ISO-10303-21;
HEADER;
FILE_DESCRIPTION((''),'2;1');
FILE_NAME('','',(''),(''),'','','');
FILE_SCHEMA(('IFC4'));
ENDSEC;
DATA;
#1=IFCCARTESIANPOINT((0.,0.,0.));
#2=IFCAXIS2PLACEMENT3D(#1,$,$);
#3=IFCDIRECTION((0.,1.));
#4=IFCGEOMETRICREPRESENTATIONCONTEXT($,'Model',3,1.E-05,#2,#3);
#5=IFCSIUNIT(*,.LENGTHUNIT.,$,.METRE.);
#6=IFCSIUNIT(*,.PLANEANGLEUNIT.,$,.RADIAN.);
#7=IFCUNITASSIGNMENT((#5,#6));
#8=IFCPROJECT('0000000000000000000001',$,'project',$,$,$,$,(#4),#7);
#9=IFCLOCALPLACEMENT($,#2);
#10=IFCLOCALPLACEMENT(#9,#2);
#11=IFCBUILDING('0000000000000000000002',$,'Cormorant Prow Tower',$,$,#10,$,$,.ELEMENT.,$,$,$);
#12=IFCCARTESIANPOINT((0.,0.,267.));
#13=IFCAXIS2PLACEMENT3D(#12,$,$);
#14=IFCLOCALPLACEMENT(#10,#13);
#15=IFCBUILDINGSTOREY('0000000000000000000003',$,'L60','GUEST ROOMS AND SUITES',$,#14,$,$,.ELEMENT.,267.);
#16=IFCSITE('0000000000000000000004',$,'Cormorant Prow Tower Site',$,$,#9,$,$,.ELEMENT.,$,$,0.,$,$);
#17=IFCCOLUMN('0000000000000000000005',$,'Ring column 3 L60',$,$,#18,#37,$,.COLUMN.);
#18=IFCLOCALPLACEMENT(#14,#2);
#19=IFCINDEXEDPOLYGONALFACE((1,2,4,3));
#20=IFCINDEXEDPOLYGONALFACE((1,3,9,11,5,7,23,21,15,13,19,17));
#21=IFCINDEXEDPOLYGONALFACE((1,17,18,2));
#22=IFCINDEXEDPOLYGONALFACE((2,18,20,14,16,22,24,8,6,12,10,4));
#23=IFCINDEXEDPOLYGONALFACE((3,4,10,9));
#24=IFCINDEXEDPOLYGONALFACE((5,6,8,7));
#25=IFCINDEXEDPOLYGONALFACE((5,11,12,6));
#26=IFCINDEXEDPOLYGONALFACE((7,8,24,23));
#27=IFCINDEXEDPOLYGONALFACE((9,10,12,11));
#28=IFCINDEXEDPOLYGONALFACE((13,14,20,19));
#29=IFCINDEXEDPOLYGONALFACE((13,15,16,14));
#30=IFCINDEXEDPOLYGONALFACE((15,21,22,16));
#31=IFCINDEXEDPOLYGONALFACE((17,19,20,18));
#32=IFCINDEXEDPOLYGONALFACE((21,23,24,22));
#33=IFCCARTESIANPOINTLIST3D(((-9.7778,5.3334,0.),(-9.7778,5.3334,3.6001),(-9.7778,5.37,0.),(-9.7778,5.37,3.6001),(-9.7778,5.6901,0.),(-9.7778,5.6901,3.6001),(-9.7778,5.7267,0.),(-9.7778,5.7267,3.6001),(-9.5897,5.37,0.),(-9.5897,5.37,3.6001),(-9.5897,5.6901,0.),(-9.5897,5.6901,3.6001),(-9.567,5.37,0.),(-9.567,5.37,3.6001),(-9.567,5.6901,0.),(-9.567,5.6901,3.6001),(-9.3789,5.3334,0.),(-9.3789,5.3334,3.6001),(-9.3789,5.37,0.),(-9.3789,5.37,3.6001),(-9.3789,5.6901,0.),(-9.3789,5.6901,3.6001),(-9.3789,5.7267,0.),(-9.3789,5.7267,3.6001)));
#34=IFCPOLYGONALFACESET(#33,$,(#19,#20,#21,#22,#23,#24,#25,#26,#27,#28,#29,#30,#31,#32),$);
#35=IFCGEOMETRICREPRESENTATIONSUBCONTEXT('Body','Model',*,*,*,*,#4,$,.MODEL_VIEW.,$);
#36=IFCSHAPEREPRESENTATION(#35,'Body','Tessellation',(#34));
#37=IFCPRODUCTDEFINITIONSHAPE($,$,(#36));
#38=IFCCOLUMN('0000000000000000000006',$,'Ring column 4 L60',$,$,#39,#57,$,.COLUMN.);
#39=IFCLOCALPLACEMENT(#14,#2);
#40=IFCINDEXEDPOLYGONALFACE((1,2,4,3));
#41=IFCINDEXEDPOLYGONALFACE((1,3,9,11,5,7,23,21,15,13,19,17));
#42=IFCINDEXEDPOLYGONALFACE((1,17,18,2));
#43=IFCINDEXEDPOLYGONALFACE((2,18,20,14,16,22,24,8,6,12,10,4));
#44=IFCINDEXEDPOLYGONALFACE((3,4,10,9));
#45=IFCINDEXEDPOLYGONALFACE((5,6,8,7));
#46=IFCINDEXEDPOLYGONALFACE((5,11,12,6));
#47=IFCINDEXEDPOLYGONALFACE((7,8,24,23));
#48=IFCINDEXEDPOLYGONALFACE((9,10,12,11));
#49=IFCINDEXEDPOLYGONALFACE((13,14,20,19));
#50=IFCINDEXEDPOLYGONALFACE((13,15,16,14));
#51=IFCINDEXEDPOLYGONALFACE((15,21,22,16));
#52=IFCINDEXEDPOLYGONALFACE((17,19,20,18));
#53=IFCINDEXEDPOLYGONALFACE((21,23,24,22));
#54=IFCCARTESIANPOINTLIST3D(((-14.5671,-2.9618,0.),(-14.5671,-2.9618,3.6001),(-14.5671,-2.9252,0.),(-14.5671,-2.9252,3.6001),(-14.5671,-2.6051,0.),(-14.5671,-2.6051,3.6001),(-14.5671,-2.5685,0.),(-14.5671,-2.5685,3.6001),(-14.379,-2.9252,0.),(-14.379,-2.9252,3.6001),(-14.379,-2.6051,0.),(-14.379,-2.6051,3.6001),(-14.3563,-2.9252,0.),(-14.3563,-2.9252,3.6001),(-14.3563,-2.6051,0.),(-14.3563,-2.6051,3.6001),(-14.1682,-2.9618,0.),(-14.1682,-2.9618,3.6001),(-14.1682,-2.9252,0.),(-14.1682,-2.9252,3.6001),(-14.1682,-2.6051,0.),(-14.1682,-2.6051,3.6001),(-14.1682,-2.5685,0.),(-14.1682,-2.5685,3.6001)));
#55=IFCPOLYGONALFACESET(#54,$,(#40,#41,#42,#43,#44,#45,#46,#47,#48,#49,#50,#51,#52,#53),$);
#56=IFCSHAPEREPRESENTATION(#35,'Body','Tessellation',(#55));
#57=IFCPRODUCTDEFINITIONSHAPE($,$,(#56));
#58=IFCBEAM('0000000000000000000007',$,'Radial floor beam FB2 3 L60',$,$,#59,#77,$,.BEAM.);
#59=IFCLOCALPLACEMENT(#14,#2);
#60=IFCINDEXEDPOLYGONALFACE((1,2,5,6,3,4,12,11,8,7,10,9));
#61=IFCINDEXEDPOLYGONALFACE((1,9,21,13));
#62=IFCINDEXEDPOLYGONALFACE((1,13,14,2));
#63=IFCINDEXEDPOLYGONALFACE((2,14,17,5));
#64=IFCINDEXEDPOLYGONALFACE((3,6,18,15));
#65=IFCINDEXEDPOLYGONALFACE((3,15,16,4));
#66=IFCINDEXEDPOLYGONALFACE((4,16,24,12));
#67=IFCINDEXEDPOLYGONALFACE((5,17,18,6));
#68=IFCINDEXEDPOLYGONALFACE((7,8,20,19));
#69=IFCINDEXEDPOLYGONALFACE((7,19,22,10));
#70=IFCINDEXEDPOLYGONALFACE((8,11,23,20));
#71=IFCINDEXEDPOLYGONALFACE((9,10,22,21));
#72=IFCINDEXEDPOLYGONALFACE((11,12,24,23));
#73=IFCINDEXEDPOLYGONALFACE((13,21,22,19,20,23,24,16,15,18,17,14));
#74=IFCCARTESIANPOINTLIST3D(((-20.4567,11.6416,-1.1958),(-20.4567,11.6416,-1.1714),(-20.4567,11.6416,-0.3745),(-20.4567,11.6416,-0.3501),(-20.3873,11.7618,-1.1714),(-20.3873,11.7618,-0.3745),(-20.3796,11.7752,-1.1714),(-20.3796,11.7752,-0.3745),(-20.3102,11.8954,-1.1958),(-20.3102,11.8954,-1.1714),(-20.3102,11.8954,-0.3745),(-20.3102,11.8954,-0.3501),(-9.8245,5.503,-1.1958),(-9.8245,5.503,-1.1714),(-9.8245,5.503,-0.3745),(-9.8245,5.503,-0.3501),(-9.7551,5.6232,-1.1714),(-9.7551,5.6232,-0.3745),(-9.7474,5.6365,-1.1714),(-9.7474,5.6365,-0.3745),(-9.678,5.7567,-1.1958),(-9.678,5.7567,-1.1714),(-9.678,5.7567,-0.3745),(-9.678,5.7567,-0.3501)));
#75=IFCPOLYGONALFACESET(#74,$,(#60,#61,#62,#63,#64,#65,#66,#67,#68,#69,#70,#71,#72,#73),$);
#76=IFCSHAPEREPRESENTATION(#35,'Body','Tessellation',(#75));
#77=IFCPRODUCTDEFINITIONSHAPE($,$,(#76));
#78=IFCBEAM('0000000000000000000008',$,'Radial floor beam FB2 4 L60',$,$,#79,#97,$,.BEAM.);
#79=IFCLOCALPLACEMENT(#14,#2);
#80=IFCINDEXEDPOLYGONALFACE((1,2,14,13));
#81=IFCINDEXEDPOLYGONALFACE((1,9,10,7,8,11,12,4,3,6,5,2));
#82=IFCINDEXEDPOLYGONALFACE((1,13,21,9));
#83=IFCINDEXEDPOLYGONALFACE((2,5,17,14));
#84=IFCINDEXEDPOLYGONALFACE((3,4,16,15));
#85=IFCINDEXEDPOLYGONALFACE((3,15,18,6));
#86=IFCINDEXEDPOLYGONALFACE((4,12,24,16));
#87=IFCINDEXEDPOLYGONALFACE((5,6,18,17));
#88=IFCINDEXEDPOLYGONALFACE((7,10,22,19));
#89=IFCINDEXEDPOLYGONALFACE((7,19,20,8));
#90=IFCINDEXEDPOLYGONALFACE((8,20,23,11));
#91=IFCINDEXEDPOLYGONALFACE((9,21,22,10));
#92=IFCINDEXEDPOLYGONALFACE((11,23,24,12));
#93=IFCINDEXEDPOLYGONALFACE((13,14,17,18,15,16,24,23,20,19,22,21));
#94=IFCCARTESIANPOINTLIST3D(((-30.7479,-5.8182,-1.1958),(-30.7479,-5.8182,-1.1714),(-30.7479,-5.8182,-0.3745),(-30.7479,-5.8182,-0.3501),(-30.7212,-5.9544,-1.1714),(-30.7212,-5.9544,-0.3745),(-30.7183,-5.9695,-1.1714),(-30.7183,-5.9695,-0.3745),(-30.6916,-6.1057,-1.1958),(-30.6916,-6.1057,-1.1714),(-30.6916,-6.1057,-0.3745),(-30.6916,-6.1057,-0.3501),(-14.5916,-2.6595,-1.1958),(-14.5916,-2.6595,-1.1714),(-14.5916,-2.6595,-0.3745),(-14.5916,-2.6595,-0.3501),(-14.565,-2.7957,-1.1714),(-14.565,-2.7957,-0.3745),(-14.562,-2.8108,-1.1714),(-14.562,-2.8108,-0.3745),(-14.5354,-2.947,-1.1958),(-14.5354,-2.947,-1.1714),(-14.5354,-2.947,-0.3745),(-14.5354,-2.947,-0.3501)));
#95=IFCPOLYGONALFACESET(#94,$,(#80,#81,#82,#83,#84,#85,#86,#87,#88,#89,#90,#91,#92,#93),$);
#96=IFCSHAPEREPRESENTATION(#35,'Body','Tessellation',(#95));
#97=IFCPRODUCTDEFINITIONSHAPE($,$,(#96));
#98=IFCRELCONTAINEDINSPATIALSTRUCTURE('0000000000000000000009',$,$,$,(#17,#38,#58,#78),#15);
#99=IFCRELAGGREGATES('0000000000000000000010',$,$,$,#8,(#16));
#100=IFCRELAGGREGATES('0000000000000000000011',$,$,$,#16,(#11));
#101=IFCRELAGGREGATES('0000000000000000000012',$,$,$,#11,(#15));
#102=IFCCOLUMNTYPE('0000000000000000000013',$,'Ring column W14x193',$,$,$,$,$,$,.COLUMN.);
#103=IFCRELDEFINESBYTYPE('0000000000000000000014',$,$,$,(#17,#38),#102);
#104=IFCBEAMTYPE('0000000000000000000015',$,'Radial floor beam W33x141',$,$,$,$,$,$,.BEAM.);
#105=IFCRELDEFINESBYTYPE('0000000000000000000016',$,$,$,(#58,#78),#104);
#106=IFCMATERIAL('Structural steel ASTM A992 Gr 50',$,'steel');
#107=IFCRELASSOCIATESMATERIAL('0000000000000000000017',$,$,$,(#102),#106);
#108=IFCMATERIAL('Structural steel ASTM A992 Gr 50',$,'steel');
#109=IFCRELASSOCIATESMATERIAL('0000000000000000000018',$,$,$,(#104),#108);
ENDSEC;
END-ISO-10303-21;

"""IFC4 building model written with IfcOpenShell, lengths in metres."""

from ifc_helpers import new_model, si_unit, direction, frame, origin, origin_2d, place, context, subcontext, project, spatial, i_section, extrude, material, material_profile, profile_set, type_object, element, save


model = new_model("IFC4")

# Units and contexts
model_context = context("Model", 3, precision=1e-05, world=origin(), true_north=direction((0.0, 1.0)))
body_context = subcontext(model_context, "Body", "Model", "MODEL_VIEW")
ifc_project = project(units=[si_unit("LENGTHUNIT", "METRE"), si_unit("PLANEANGLEUNIT", "RADIAN")], contexts=[model_context])

# Site, building, storey
site_placement = place(None, origin())
site = spatial("IfcSite", under=ifc_project, at=site_placement, Name="Cormorant Prow Tower Site", CompositionType="ELEMENT", RefElevation=0.0)
building_placement = place(site_placement, origin())
building = spatial("IfcBuilding", under=site, at=building_placement, Name="Cormorant Prow Tower", CompositionType="ELEMENT")
storey_placement = place(building_placement, frame((0.0, 0.0, 267.0)))
storey = spatial("IfcBuildingStorey", under=building, at=storey_placement, Name="L60", Description="GUEST ROOMS AND SUITES", CompositionType="ELEMENT", Elevation=267.0)

# Columns
ifc_material_1 = material(Name="Structural steel ASTM A992 Gr 50", Category="steel")
ifc_material_profile_1 = material_profile(ifc_material_1, i_section(OverallWidth=0.3989, OverallDepth=0.3933, WebThickness=0.0227, FlangeThickness=0.0366, at=origin_2d()), Name="W14x193")
ifc_profile_set_1 = profile_set([ifc_material_profile_1], Name="Structural steel ASTM A992 Gr 50")
column_type = type_object("IfcColumnType", Name="Ring column W14x193", PredefinedType="COLUMN", material=ifc_profile_set_1)
for number, where, z_axis, x_axis, name in (
    (1, (-9.5784, 5.53, 0.0), (0.0, 0.0, 1.0), (1.0, 0.0, 0.0), "Ring column 3 L60"),
    (2, (-14.3677, -2.7651, 0.0), (0.0, 0.0, 1.0), (1.0, 0.0, 0.0), "Ring column 4 L60"),
):
    element("IfcColumn", number, at=place(storey_placement, frame(where, z_axis=z_axis, x_axis=x_axis)), inside=storey, type_object=column_type, Name=name, PredefinedType="COLUMN", context=body_context, shape_type="SweptSolid", body=[
        extrude(i_section(OverallWidth=0.3989, OverallDepth=0.3933, WebThickness=0.0227, FlangeThickness=0.0366, at=origin_2d()), origin(), (0.0, 0.0, 1.0), 3.6001),
    ])

# Beams
ifc_material_2 = material(Name="Structural steel ASTM A992 Gr 50", Category="steel")
ifc_material_profile_2 = material_profile(ifc_material_2, i_section(OverallWidth=0.293, OverallDepth=0.8457, WebThickness=0.0154, FlangeThickness=0.0244, at=origin_2d()), Name="W33x141")
ifc_profile_set_2 = profile_set([ifc_material_profile_2], Name="Structural steel ASTM A992 Gr 50")
beam_type = type_object("IfcBeamType", Name="Radial floor beam W33x141", PredefinedType="BEAM", material=ifc_profile_set_2)
beam_1_placement = place(storey_placement, frame((-9.7512, 5.6299, -0.7729), z_axis=(-0.866022, 0.500006, 0.0), x_axis=(-0.500006, -0.866022, 0.0)))
element("IfcBeam", 3, at=beam_1_placement, inside=storey, type_object=beam_type, Name="Radial floor beam FB2 3 L60", PredefinedType="BEAM", context=body_context, shape_type="SweptSolid", body=[
    extrude(i_section(OverallWidth=0.293, OverallDepth=0.8457, WebThickness=0.0154, FlangeThickness=0.0244, at=origin_2d()), origin(), (0.0, 0.0, 1.0), 12.2771),
])
beam_2_placement = place(storey_placement, frame((-14.5635, -2.8032, -0.7729), z_axis=(-0.981419, -0.191876, 0.0), x_axis=(0.191876, -0.981419, 0.0)))
element("IfcBeam", 4, at=beam_2_placement, inside=storey, type_object=beam_type, Name="Radial floor beam FB2 4 L60", PredefinedType="BEAM", context=body_context, shape_type="SweptSolid", body=[
    extrude(i_section(OverallWidth=0.293, OverallDepth=0.8457, WebThickness=0.0154, FlangeThickness=0.0244, at=origin_2d()), origin(), (0.0, 0.0, 1.0), 16.4622),
])

save(model, "model.ifc")
